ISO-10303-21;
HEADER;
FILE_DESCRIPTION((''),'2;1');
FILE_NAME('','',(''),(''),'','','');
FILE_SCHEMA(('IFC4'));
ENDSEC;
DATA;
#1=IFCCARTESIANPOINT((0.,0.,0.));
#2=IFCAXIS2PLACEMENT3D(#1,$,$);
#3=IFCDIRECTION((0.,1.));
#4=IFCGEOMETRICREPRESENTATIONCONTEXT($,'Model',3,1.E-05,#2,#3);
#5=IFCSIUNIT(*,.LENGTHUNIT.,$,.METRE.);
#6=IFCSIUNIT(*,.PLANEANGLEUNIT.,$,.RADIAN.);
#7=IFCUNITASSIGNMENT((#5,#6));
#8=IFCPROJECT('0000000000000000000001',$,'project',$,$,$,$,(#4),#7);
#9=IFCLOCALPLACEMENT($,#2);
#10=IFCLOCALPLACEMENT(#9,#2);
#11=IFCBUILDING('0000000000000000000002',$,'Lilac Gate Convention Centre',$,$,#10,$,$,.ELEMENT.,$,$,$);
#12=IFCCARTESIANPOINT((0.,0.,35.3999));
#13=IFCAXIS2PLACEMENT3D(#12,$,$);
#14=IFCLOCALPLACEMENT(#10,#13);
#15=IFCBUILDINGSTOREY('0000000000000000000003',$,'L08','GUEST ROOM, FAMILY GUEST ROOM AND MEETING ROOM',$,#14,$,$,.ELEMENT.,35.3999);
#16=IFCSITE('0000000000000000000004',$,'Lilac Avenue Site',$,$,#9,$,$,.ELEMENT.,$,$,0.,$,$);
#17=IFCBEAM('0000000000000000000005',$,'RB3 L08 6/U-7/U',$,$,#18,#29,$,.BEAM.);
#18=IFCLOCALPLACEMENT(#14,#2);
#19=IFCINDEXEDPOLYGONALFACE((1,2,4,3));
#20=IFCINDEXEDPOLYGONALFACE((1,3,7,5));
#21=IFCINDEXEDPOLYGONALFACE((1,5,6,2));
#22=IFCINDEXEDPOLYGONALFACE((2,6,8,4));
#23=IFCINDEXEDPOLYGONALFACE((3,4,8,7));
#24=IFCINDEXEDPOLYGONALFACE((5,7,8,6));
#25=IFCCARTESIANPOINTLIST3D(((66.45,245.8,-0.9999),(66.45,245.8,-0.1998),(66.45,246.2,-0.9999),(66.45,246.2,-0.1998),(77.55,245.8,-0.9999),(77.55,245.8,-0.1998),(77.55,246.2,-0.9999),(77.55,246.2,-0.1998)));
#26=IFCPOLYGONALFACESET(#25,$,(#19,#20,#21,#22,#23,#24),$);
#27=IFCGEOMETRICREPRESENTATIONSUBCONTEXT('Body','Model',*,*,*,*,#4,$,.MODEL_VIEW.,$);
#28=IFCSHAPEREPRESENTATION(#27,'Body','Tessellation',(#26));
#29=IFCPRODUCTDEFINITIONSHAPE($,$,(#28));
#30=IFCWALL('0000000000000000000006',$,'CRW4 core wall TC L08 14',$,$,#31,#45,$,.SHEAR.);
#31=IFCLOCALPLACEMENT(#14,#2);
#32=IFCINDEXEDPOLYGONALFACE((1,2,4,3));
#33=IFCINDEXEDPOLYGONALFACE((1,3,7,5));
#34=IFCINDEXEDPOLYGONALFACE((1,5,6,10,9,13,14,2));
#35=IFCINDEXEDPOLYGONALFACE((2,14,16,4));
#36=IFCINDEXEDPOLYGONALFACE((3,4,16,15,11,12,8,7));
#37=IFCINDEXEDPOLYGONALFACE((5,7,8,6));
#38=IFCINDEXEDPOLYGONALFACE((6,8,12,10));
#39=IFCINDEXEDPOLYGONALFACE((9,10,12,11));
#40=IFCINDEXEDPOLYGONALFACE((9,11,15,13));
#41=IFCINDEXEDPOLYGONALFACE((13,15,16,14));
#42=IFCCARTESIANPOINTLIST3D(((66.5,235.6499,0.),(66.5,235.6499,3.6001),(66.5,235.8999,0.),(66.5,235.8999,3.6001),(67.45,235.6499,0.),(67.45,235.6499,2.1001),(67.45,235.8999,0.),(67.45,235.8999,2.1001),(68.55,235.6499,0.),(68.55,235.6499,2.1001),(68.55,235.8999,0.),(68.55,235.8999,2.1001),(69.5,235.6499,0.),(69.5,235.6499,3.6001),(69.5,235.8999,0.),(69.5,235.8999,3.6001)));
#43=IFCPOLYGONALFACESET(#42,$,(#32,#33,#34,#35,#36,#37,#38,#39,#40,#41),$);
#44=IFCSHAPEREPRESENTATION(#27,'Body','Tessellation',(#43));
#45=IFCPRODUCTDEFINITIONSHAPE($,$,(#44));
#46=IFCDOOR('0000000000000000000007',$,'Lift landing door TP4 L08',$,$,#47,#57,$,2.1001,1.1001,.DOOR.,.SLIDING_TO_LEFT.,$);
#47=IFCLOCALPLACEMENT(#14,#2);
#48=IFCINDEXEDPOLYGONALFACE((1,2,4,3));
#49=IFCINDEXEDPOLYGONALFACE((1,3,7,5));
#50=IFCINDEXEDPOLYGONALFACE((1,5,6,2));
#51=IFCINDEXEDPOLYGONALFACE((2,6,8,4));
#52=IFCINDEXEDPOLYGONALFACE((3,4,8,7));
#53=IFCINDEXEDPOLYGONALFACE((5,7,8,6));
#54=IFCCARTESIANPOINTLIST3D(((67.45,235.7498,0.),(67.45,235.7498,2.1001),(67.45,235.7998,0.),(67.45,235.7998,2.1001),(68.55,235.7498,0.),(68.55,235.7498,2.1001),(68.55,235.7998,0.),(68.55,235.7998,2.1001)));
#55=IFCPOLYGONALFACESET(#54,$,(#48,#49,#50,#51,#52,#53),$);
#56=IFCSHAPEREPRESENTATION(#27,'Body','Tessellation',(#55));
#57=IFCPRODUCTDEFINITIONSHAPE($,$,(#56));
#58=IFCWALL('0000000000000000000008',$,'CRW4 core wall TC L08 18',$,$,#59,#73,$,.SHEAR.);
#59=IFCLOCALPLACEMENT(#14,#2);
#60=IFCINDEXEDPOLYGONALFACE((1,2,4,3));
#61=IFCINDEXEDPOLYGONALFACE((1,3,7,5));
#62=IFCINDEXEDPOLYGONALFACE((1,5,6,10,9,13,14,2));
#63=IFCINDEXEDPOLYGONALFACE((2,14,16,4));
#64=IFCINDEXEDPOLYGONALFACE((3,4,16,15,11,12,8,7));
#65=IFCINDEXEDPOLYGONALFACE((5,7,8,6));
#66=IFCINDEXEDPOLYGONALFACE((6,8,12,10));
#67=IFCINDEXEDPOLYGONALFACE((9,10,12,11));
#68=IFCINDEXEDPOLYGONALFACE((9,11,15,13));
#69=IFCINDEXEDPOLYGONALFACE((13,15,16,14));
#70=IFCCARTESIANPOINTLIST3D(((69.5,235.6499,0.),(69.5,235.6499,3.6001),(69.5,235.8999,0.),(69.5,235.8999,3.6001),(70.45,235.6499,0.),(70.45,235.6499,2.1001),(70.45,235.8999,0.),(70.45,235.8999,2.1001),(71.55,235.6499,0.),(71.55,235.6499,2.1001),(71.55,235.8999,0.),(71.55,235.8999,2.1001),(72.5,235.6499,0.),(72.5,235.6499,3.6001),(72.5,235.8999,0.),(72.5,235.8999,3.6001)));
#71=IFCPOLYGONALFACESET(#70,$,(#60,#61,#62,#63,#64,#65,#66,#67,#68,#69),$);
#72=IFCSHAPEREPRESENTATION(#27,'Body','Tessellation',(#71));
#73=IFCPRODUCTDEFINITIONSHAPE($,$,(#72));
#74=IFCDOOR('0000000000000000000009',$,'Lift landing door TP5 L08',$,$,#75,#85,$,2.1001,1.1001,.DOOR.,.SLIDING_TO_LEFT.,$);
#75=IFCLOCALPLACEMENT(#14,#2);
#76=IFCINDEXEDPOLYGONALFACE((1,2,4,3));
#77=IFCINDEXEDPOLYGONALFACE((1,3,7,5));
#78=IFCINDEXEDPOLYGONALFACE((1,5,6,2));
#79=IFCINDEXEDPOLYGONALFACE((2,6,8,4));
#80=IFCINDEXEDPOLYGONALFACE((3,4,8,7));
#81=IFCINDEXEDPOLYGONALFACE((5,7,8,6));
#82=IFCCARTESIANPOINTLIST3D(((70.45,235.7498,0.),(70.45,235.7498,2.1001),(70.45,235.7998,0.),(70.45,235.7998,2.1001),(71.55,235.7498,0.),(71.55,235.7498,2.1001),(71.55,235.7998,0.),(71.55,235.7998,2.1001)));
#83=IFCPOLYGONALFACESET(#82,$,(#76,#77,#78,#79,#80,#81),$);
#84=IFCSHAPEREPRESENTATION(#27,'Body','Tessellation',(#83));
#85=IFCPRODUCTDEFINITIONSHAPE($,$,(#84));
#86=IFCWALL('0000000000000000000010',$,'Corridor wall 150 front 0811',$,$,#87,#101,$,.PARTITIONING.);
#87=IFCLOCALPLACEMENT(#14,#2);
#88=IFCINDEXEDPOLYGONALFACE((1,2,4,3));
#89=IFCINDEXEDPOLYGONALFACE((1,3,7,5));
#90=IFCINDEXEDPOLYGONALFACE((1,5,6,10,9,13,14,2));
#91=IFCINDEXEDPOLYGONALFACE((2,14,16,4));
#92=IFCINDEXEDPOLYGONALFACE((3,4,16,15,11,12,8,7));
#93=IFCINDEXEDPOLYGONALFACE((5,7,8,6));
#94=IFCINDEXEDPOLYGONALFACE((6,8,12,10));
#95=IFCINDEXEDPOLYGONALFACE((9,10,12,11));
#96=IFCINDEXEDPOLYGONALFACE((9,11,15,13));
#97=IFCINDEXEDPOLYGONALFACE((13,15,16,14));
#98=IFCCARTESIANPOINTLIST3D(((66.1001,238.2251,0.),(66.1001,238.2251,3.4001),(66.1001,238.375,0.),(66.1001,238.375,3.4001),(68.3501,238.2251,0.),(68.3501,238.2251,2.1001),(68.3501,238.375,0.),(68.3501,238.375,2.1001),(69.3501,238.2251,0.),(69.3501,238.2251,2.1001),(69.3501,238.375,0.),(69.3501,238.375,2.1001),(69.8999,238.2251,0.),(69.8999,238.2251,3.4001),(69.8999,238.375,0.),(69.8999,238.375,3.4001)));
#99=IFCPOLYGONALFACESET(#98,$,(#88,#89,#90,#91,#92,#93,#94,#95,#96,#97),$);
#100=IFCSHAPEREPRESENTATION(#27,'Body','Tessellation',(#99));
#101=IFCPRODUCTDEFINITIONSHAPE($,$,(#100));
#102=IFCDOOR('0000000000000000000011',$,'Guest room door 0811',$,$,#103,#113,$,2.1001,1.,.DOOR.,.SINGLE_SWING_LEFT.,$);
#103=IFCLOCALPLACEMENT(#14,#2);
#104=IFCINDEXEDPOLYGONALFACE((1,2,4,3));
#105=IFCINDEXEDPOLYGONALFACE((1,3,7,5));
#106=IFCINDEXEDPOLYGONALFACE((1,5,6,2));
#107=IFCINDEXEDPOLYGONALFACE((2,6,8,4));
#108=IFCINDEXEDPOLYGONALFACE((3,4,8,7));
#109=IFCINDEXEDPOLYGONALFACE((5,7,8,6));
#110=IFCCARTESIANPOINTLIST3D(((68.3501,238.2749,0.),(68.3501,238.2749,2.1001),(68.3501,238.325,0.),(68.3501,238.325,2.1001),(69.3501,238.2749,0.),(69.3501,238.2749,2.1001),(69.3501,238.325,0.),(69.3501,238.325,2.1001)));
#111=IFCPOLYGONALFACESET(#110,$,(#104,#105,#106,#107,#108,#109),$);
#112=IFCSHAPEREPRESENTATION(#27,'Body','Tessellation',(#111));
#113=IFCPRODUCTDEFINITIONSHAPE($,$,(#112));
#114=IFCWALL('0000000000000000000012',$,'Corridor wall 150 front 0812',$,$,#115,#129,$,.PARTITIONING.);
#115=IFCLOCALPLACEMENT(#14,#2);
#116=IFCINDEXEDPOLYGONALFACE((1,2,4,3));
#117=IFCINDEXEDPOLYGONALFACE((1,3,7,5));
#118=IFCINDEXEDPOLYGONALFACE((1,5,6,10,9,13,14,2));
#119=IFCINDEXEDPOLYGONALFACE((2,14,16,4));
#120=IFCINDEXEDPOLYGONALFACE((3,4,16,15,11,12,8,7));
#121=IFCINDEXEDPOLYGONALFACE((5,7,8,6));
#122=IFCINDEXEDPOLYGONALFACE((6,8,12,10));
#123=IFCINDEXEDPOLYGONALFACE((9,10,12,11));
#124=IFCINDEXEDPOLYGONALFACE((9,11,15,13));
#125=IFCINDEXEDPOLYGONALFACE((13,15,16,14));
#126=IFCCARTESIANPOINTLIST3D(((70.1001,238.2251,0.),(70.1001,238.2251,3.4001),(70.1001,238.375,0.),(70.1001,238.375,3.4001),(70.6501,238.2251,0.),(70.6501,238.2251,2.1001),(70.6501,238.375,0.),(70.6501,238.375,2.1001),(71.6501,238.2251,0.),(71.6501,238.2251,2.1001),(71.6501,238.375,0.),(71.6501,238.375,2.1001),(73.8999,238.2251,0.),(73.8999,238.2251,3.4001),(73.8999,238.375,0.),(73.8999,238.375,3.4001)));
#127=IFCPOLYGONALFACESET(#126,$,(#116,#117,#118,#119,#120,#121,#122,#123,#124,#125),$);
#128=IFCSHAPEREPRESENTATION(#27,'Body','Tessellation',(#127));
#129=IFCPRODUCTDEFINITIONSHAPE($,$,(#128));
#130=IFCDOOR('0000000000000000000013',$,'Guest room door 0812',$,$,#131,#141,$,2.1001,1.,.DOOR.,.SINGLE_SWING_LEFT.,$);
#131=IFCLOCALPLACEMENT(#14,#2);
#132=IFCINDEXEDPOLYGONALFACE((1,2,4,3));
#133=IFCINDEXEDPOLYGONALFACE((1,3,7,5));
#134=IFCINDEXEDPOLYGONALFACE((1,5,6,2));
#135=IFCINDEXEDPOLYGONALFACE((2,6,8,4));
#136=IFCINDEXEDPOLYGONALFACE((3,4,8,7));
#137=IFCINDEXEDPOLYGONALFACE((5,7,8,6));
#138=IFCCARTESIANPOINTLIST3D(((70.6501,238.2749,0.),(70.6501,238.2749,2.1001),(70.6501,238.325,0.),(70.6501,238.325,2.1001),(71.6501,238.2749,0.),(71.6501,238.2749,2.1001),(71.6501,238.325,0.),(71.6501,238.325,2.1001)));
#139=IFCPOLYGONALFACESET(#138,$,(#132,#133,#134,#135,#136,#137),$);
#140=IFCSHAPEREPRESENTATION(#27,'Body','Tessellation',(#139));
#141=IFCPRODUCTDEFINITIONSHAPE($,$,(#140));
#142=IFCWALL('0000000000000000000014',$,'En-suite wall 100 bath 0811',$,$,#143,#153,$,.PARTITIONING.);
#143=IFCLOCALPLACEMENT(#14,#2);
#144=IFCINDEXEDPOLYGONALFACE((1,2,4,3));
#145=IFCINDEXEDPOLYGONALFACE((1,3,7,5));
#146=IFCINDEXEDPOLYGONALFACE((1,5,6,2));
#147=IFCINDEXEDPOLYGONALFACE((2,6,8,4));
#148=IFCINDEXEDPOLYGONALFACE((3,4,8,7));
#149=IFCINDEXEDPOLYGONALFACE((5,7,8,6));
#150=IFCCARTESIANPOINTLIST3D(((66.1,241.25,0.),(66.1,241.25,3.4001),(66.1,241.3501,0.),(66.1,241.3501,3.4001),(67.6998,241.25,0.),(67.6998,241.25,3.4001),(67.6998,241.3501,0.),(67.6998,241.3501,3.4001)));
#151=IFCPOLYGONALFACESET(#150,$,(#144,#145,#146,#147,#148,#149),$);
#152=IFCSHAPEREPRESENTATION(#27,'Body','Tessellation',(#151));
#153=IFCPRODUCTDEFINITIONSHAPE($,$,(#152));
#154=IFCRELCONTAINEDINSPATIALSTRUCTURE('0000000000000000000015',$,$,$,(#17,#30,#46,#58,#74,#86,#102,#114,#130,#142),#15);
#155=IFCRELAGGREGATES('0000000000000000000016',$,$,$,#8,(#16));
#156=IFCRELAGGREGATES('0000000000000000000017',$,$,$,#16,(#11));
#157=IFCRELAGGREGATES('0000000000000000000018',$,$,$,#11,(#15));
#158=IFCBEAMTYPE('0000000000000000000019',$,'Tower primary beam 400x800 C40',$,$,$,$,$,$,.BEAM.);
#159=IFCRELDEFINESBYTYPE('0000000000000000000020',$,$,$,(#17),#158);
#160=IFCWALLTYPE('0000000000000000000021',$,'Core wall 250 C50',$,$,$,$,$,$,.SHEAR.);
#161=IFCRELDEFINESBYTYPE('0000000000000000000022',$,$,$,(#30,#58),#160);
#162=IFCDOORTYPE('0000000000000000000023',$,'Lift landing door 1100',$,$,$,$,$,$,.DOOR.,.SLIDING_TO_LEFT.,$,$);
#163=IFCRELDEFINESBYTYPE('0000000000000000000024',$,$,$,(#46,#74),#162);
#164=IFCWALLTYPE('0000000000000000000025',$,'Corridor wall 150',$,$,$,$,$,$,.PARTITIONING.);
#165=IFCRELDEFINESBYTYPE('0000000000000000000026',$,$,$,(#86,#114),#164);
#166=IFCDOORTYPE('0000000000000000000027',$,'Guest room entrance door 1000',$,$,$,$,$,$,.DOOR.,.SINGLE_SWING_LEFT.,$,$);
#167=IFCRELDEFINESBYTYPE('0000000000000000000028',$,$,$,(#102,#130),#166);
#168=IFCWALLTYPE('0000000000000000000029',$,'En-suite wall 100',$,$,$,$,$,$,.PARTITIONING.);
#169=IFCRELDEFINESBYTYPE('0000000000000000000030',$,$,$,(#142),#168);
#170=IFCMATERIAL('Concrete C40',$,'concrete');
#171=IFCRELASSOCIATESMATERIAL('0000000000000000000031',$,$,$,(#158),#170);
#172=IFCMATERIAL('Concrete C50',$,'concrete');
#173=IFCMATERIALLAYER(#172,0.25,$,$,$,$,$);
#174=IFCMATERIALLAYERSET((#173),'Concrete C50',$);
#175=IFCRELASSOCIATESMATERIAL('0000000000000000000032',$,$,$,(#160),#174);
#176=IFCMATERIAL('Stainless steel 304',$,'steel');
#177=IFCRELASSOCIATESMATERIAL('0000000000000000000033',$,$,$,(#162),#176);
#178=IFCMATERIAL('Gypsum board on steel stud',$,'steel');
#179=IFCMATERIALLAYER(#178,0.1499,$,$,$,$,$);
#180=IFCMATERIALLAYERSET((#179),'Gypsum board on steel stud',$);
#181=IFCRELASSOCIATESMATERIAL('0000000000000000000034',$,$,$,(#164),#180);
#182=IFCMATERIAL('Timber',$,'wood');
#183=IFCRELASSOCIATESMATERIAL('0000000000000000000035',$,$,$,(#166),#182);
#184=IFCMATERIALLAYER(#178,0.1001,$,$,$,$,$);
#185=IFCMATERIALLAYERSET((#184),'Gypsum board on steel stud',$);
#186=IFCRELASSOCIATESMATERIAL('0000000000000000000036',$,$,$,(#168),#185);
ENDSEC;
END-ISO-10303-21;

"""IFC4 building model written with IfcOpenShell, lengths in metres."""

from ifc_helpers import new_model, si_unit, direction, frame, frame_2d, origin, origin_2d, place, context, subcontext, project, spatial, rectangle, extrude, material, layer, layer_set, material_profile, profile_set, type_object, element, fill, save


model = new_model("IFC4")

# Units and contexts
model_context = context("Model", 3, precision=1e-05, world=origin(), true_north=direction((0.0, 1.0)))
body_context = subcontext(model_context, "Body", "Model", "MODEL_VIEW")
ifc_project = project(units=[si_unit("LENGTHUNIT", "METRE"), si_unit("PLANEANGLEUNIT", "RADIAN")], contexts=[model_context])

# Site, building, storey
site_placement = place(None, origin())
site = spatial("IfcSite", under=ifc_project, at=site_placement, Name="Lilac Avenue Site", CompositionType="ELEMENT", RefElevation=0.0)
building_placement = place(site_placement, origin())
building = spatial("IfcBuilding", under=site, at=building_placement, Name="Lilac Gate Convention Centre", CompositionType="ELEMENT")
storey_placement = place(building_placement, frame((0.0, 0.0, 35.3999)))
storey = spatial("IfcBuildingStorey", under=building, at=storey_placement, Name="L08", Description="GUEST ROOM, FAMILY GUEST ROOM AND MEETING ROOM", CompositionType="ELEMENT", Elevation=35.3999)

# Beam
ifc_material_1 = material(Name="Concrete C40", Category="concrete")
ifc_material_profile = material_profile(ifc_material_1, rectangle(XDim=0.3999, YDim=0.8, at=origin_2d()), Name="RC 400x800")
ifc_profile_set = profile_set([ifc_material_profile], Name="Concrete C40")
beam_type = type_object("IfcBeamType", Name="Tower primary beam 400x800 C40", PredefinedType="BEAM", material=ifc_profile_set)
beam_placement = place(storey_placement, frame((66.45, 246.0, -0.5999), z_axis=(1.0, 0.0, 0.0), x_axis=(0.0, 1.0, 0.0)))
element("IfcBeam", 1, at=beam_placement, inside=storey, type_object=beam_type, Name="RB3 L08 6/U-7/U", PredefinedType="BEAM", context=body_context, shape_type="SweptSolid", body=[
    extrude(rectangle(XDim=0.3999, YDim=0.8, at=origin_2d()), origin(), (0.0, 0.0, 1.0), 11.1001),
])

# Walls, openings, doors
ifc_material_2 = material(Name="Concrete C50", Category="concrete")
ifc_layer_1 = layer(ifc_material_2, 0.25)
ifc_layer_set_1 = layer_set([ifc_layer_1], Name="Concrete C50")
wall_type_1 = type_object("IfcWallType", Name="Core wall 250 C50", PredefinedType="SHEAR", material=ifc_layer_set_1)
wall_1_placement = place(storey_placement, frame((66.5, 235.7749, 0.0), z_axis=(0.0, 0.0, 1.0), x_axis=(1.0, 0.0, 0.0)))
wall_1 = element("IfcWall", 2, at=wall_1_placement, inside=storey, type_object=wall_type_1, Name="CRW4 core wall TC L08 14", PredefinedType="SHEAR", context=body_context, shape_type="SweptSolid", body=[
    extrude(rectangle(XDim=3.0, YDim=0.25, at=frame_2d((1.5, 0.0))), origin(), (0.0, 0.0, 1.0), 3.6001),
])
opening_1_placement = place(wall_1_placement, frame((0.95, 0.0, 0.0)))
opening_1 = element("IfcOpeningElement", 3, at=opening_1_placement, cuts=wall_1, PredefinedType="OPENING", context=body_context, shape_type="SweptSolid", body=[
    extrude(rectangle(XDim=1.1001, YDim=2.1001, at=frame_2d((0.55, 1.05))), frame((0.0, 0.135, 0.0), z_axis=(0.0, -1.0, 0.0), x_axis=(1.0, 0.0, 0.0)), (0.0, 0.0, 1.0), 0.27),
])
ifc_material_3 = material(Name="Stainless steel 304", Category="steel")
door_type_1 = type_object("IfcDoorType", Name="Lift landing door 1100", OperationType="SLIDING_TO_LEFT", PredefinedType="DOOR", material=ifc_material_3)
door_1_placement = place(opening_1_placement, origin())
door_1 = element("IfcDoor", 4, at=door_1_placement, inside=storey, type_object=door_type_1, Name="Lift landing door TP4 L08", OperationType="SLIDING_TO_LEFT", OverallHeight=2.1001, OverallWidth=1.1001, PredefinedType="DOOR", context=body_context, shape_type="SweptSolid", body=[
    extrude(rectangle(XDim=1.1001, YDim=2.1001, at=frame_2d((0.55, 1.05))), frame((0.0, 0.0249, 0.0), z_axis=(0.0, -1.0, 0.0), x_axis=(1.0, 0.0, 0.0)), (0.0, 0.0, 1.0), 0.05),
])
fill(opening_1, door_1)
wall_2_placement = place(storey_placement, frame((69.5, 235.7749, 0.0), z_axis=(0.0, 0.0, 1.0), x_axis=(1.0, 0.0, 0.0)))
wall_2 = element("IfcWall", 5, at=wall_2_placement, inside=storey, type_object=wall_type_1, Name="CRW4 core wall TC L08 18", PredefinedType="SHEAR", context=body_context, shape_type="SweptSolid", body=[
    extrude(rectangle(XDim=3.0, YDim=0.25, at=frame_2d((1.5, 0.0))), origin(), (0.0, 0.0, 1.0), 3.6001),
])
opening_2_placement = place(wall_2_placement, frame((0.95, 0.0, 0.0)))
opening_2 = element("IfcOpeningElement", 6, at=opening_2_placement, cuts=wall_2, PredefinedType="OPENING", context=body_context, shape_type="SweptSolid", body=[
    extrude(rectangle(XDim=1.1001, YDim=2.1001, at=frame_2d((0.55, 1.05))), frame((0.0, 0.135, 0.0), z_axis=(0.0, -1.0, 0.0), x_axis=(1.0, 0.0, 0.0)), (0.0, 0.0, 1.0), 0.27),
])
door_2_placement = place(opening_2_placement, origin())
door_2 = element("IfcDoor", 7, at=door_2_placement, inside=storey, type_object=door_type_1, Name="Lift landing door TP5 L08", OperationType="SLIDING_TO_LEFT", OverallHeight=2.1001, OverallWidth=1.1001, PredefinedType="DOOR", context=body_context, shape_type="SweptSolid", body=[
    extrude(rectangle(XDim=1.1001, YDim=2.1001, at=frame_2d((0.55, 1.05))), frame((0.0, 0.0249, 0.0), z_axis=(0.0, -1.0, 0.0), x_axis=(1.0, 0.0, 0.0)), (0.0, 0.0, 1.0), 0.05),
])
fill(opening_2, door_2)
ifc_material_4 = material(Name="Gypsum board on steel stud", Category="steel")
ifc_layer_2 = layer(ifc_material_4, 0.1499)
ifc_layer_set_2 = layer_set([ifc_layer_2], Name="Gypsum board on steel stud")
wall_type_2 = type_object("IfcWallType", Name="Corridor wall 150", PredefinedType="PARTITIONING", material=ifc_layer_set_2)
wall_3_placement = place(storey_placement, frame((66.1001, 238.3, 0.0), z_axis=(0.0, 0.0, 1.0), x_axis=(1.0, 0.0, 0.0)))
wall_3 = element("IfcWall", 8, at=wall_3_placement, inside=storey, type_object=wall_type_2, Name="Corridor wall 150 front 0811", PredefinedType="PARTITIONING", context=body_context, shape_type="SweptSolid", body=[
    extrude(rectangle(XDim=3.7998, YDim=0.1499, at=frame_2d((1.8999, 0.0))), origin(), (0.0, 0.0, 1.0), 3.4001),
])
opening_3_placement = place(wall_3_placement, frame((2.25, 0.0, 0.0)))
opening_3 = element("IfcOpeningElement", 9, at=opening_3_placement, cuts=wall_3, PredefinedType="OPENING", context=body_context, shape_type="SweptSolid", body=[
    extrude(rectangle(XDim=1.0, YDim=2.1001, at=frame_2d((0.5, 1.05))), frame((0.0, 0.085, 0.0), z_axis=(0.0, -1.0, 0.0), x_axis=(1.0, 0.0, 0.0)), (0.0, 0.0, 1.0), 0.1699),
])
ifc_material_5 = material(Name="Timber", Category="wood")
door_type_2 = type_object("IfcDoorType", Name="Guest room entrance door 1000", OperationType="SINGLE_SWING_LEFT", PredefinedType="DOOR", material=ifc_material_5)
door_3_placement = place(opening_3_placement, origin())
door_3 = element("IfcDoor", 10, at=door_3_placement, inside=storey, type_object=door_type_2, Name="Guest room door 0811", OperationType="SINGLE_SWING_LEFT", OverallHeight=2.1001, OverallWidth=1.0, PredefinedType="DOOR", context=body_context, shape_type="SweptSolid", body=[
    extrude(rectangle(XDim=1.0, YDim=2.1001, at=frame_2d((0.5, 1.05))), frame((0.0, 0.0249, 0.0), z_axis=(0.0, -1.0, 0.0), x_axis=(1.0, 0.0, 0.0)), (0.0, 0.0, 1.0), 0.05),
])
fill(opening_3, door_3)
wall_4_placement = place(storey_placement, frame((70.1001, 238.3, 0.0), z_axis=(0.0, 0.0, 1.0), x_axis=(1.0, 0.0, 0.0)))
wall_4 = element("IfcWall", 11, at=wall_4_placement, inside=storey, type_object=wall_type_2, Name="Corridor wall 150 front 0812", PredefinedType="PARTITIONING", context=body_context, shape_type="SweptSolid", body=[
    extrude(rectangle(XDim=3.7998, YDim=0.1499, at=frame_2d((1.8999, 0.0))), origin(), (0.0, 0.0, 1.0), 3.4001),
])
opening_4_placement = place(wall_4_placement, frame((0.55, 0.0, 0.0)))
opening_4 = element("IfcOpeningElement", 12, at=opening_4_placement, cuts=wall_4, PredefinedType="OPENING", context=body_context, shape_type="SweptSolid", body=[
    extrude(rectangle(XDim=1.0, YDim=2.1001, at=frame_2d((0.5, 1.05))), frame((0.0, 0.085, 0.0), z_axis=(0.0, -1.0, 0.0), x_axis=(1.0, 0.0, 0.0)), (0.0, 0.0, 1.0), 0.1699),
])
door_4_placement = place(opening_4_placement, origin())
door_4 = element("IfcDoor", 13, at=door_4_placement, inside=storey, type_object=door_type_2, Name="Guest room door 0812", OperationType="SINGLE_SWING_LEFT", OverallHeight=2.1001, OverallWidth=1.0, PredefinedType="DOOR", context=body_context, shape_type="SweptSolid", body=[
    extrude(rectangle(XDim=1.0, YDim=2.1001, at=frame_2d((0.5, 1.05))), frame((0.0, 0.0249, 0.0), z_axis=(0.0, -1.0, 0.0), x_axis=(1.0, 0.0, 0.0)), (0.0, 0.0, 1.0), 0.05),
])
fill(opening_4, door_4)

# Wall
ifc_layer_3 = layer(ifc_material_4, 0.1001)
ifc_layer_set_3 = layer_set([ifc_layer_3], Name="Gypsum board on steel stud")
wall_type_3 = type_object("IfcWallType", Name="En-suite wall 100", PredefinedType="PARTITIONING", material=ifc_layer_set_3)
wall_5_placement = place(storey_placement, frame((66.1001, 241.3, 0.0), z_axis=(0.0, 0.0, 1.0), x_axis=(1.0, 0.0, 0.0)))
element("IfcWall", 14, at=wall_5_placement, inside=storey, type_object=wall_type_3, Name="En-suite wall 100 bath 0811", PredefinedType="PARTITIONING", context=body_context, shape_type="SweptSolid", body=[
    extrude(rectangle(XDim=1.5999, YDim=0.1001, at=frame_2d((0.7998, 0.0))), origin(), (0.0, 0.0, 1.0), 3.4001),
])

save(model, "model.ifc")
